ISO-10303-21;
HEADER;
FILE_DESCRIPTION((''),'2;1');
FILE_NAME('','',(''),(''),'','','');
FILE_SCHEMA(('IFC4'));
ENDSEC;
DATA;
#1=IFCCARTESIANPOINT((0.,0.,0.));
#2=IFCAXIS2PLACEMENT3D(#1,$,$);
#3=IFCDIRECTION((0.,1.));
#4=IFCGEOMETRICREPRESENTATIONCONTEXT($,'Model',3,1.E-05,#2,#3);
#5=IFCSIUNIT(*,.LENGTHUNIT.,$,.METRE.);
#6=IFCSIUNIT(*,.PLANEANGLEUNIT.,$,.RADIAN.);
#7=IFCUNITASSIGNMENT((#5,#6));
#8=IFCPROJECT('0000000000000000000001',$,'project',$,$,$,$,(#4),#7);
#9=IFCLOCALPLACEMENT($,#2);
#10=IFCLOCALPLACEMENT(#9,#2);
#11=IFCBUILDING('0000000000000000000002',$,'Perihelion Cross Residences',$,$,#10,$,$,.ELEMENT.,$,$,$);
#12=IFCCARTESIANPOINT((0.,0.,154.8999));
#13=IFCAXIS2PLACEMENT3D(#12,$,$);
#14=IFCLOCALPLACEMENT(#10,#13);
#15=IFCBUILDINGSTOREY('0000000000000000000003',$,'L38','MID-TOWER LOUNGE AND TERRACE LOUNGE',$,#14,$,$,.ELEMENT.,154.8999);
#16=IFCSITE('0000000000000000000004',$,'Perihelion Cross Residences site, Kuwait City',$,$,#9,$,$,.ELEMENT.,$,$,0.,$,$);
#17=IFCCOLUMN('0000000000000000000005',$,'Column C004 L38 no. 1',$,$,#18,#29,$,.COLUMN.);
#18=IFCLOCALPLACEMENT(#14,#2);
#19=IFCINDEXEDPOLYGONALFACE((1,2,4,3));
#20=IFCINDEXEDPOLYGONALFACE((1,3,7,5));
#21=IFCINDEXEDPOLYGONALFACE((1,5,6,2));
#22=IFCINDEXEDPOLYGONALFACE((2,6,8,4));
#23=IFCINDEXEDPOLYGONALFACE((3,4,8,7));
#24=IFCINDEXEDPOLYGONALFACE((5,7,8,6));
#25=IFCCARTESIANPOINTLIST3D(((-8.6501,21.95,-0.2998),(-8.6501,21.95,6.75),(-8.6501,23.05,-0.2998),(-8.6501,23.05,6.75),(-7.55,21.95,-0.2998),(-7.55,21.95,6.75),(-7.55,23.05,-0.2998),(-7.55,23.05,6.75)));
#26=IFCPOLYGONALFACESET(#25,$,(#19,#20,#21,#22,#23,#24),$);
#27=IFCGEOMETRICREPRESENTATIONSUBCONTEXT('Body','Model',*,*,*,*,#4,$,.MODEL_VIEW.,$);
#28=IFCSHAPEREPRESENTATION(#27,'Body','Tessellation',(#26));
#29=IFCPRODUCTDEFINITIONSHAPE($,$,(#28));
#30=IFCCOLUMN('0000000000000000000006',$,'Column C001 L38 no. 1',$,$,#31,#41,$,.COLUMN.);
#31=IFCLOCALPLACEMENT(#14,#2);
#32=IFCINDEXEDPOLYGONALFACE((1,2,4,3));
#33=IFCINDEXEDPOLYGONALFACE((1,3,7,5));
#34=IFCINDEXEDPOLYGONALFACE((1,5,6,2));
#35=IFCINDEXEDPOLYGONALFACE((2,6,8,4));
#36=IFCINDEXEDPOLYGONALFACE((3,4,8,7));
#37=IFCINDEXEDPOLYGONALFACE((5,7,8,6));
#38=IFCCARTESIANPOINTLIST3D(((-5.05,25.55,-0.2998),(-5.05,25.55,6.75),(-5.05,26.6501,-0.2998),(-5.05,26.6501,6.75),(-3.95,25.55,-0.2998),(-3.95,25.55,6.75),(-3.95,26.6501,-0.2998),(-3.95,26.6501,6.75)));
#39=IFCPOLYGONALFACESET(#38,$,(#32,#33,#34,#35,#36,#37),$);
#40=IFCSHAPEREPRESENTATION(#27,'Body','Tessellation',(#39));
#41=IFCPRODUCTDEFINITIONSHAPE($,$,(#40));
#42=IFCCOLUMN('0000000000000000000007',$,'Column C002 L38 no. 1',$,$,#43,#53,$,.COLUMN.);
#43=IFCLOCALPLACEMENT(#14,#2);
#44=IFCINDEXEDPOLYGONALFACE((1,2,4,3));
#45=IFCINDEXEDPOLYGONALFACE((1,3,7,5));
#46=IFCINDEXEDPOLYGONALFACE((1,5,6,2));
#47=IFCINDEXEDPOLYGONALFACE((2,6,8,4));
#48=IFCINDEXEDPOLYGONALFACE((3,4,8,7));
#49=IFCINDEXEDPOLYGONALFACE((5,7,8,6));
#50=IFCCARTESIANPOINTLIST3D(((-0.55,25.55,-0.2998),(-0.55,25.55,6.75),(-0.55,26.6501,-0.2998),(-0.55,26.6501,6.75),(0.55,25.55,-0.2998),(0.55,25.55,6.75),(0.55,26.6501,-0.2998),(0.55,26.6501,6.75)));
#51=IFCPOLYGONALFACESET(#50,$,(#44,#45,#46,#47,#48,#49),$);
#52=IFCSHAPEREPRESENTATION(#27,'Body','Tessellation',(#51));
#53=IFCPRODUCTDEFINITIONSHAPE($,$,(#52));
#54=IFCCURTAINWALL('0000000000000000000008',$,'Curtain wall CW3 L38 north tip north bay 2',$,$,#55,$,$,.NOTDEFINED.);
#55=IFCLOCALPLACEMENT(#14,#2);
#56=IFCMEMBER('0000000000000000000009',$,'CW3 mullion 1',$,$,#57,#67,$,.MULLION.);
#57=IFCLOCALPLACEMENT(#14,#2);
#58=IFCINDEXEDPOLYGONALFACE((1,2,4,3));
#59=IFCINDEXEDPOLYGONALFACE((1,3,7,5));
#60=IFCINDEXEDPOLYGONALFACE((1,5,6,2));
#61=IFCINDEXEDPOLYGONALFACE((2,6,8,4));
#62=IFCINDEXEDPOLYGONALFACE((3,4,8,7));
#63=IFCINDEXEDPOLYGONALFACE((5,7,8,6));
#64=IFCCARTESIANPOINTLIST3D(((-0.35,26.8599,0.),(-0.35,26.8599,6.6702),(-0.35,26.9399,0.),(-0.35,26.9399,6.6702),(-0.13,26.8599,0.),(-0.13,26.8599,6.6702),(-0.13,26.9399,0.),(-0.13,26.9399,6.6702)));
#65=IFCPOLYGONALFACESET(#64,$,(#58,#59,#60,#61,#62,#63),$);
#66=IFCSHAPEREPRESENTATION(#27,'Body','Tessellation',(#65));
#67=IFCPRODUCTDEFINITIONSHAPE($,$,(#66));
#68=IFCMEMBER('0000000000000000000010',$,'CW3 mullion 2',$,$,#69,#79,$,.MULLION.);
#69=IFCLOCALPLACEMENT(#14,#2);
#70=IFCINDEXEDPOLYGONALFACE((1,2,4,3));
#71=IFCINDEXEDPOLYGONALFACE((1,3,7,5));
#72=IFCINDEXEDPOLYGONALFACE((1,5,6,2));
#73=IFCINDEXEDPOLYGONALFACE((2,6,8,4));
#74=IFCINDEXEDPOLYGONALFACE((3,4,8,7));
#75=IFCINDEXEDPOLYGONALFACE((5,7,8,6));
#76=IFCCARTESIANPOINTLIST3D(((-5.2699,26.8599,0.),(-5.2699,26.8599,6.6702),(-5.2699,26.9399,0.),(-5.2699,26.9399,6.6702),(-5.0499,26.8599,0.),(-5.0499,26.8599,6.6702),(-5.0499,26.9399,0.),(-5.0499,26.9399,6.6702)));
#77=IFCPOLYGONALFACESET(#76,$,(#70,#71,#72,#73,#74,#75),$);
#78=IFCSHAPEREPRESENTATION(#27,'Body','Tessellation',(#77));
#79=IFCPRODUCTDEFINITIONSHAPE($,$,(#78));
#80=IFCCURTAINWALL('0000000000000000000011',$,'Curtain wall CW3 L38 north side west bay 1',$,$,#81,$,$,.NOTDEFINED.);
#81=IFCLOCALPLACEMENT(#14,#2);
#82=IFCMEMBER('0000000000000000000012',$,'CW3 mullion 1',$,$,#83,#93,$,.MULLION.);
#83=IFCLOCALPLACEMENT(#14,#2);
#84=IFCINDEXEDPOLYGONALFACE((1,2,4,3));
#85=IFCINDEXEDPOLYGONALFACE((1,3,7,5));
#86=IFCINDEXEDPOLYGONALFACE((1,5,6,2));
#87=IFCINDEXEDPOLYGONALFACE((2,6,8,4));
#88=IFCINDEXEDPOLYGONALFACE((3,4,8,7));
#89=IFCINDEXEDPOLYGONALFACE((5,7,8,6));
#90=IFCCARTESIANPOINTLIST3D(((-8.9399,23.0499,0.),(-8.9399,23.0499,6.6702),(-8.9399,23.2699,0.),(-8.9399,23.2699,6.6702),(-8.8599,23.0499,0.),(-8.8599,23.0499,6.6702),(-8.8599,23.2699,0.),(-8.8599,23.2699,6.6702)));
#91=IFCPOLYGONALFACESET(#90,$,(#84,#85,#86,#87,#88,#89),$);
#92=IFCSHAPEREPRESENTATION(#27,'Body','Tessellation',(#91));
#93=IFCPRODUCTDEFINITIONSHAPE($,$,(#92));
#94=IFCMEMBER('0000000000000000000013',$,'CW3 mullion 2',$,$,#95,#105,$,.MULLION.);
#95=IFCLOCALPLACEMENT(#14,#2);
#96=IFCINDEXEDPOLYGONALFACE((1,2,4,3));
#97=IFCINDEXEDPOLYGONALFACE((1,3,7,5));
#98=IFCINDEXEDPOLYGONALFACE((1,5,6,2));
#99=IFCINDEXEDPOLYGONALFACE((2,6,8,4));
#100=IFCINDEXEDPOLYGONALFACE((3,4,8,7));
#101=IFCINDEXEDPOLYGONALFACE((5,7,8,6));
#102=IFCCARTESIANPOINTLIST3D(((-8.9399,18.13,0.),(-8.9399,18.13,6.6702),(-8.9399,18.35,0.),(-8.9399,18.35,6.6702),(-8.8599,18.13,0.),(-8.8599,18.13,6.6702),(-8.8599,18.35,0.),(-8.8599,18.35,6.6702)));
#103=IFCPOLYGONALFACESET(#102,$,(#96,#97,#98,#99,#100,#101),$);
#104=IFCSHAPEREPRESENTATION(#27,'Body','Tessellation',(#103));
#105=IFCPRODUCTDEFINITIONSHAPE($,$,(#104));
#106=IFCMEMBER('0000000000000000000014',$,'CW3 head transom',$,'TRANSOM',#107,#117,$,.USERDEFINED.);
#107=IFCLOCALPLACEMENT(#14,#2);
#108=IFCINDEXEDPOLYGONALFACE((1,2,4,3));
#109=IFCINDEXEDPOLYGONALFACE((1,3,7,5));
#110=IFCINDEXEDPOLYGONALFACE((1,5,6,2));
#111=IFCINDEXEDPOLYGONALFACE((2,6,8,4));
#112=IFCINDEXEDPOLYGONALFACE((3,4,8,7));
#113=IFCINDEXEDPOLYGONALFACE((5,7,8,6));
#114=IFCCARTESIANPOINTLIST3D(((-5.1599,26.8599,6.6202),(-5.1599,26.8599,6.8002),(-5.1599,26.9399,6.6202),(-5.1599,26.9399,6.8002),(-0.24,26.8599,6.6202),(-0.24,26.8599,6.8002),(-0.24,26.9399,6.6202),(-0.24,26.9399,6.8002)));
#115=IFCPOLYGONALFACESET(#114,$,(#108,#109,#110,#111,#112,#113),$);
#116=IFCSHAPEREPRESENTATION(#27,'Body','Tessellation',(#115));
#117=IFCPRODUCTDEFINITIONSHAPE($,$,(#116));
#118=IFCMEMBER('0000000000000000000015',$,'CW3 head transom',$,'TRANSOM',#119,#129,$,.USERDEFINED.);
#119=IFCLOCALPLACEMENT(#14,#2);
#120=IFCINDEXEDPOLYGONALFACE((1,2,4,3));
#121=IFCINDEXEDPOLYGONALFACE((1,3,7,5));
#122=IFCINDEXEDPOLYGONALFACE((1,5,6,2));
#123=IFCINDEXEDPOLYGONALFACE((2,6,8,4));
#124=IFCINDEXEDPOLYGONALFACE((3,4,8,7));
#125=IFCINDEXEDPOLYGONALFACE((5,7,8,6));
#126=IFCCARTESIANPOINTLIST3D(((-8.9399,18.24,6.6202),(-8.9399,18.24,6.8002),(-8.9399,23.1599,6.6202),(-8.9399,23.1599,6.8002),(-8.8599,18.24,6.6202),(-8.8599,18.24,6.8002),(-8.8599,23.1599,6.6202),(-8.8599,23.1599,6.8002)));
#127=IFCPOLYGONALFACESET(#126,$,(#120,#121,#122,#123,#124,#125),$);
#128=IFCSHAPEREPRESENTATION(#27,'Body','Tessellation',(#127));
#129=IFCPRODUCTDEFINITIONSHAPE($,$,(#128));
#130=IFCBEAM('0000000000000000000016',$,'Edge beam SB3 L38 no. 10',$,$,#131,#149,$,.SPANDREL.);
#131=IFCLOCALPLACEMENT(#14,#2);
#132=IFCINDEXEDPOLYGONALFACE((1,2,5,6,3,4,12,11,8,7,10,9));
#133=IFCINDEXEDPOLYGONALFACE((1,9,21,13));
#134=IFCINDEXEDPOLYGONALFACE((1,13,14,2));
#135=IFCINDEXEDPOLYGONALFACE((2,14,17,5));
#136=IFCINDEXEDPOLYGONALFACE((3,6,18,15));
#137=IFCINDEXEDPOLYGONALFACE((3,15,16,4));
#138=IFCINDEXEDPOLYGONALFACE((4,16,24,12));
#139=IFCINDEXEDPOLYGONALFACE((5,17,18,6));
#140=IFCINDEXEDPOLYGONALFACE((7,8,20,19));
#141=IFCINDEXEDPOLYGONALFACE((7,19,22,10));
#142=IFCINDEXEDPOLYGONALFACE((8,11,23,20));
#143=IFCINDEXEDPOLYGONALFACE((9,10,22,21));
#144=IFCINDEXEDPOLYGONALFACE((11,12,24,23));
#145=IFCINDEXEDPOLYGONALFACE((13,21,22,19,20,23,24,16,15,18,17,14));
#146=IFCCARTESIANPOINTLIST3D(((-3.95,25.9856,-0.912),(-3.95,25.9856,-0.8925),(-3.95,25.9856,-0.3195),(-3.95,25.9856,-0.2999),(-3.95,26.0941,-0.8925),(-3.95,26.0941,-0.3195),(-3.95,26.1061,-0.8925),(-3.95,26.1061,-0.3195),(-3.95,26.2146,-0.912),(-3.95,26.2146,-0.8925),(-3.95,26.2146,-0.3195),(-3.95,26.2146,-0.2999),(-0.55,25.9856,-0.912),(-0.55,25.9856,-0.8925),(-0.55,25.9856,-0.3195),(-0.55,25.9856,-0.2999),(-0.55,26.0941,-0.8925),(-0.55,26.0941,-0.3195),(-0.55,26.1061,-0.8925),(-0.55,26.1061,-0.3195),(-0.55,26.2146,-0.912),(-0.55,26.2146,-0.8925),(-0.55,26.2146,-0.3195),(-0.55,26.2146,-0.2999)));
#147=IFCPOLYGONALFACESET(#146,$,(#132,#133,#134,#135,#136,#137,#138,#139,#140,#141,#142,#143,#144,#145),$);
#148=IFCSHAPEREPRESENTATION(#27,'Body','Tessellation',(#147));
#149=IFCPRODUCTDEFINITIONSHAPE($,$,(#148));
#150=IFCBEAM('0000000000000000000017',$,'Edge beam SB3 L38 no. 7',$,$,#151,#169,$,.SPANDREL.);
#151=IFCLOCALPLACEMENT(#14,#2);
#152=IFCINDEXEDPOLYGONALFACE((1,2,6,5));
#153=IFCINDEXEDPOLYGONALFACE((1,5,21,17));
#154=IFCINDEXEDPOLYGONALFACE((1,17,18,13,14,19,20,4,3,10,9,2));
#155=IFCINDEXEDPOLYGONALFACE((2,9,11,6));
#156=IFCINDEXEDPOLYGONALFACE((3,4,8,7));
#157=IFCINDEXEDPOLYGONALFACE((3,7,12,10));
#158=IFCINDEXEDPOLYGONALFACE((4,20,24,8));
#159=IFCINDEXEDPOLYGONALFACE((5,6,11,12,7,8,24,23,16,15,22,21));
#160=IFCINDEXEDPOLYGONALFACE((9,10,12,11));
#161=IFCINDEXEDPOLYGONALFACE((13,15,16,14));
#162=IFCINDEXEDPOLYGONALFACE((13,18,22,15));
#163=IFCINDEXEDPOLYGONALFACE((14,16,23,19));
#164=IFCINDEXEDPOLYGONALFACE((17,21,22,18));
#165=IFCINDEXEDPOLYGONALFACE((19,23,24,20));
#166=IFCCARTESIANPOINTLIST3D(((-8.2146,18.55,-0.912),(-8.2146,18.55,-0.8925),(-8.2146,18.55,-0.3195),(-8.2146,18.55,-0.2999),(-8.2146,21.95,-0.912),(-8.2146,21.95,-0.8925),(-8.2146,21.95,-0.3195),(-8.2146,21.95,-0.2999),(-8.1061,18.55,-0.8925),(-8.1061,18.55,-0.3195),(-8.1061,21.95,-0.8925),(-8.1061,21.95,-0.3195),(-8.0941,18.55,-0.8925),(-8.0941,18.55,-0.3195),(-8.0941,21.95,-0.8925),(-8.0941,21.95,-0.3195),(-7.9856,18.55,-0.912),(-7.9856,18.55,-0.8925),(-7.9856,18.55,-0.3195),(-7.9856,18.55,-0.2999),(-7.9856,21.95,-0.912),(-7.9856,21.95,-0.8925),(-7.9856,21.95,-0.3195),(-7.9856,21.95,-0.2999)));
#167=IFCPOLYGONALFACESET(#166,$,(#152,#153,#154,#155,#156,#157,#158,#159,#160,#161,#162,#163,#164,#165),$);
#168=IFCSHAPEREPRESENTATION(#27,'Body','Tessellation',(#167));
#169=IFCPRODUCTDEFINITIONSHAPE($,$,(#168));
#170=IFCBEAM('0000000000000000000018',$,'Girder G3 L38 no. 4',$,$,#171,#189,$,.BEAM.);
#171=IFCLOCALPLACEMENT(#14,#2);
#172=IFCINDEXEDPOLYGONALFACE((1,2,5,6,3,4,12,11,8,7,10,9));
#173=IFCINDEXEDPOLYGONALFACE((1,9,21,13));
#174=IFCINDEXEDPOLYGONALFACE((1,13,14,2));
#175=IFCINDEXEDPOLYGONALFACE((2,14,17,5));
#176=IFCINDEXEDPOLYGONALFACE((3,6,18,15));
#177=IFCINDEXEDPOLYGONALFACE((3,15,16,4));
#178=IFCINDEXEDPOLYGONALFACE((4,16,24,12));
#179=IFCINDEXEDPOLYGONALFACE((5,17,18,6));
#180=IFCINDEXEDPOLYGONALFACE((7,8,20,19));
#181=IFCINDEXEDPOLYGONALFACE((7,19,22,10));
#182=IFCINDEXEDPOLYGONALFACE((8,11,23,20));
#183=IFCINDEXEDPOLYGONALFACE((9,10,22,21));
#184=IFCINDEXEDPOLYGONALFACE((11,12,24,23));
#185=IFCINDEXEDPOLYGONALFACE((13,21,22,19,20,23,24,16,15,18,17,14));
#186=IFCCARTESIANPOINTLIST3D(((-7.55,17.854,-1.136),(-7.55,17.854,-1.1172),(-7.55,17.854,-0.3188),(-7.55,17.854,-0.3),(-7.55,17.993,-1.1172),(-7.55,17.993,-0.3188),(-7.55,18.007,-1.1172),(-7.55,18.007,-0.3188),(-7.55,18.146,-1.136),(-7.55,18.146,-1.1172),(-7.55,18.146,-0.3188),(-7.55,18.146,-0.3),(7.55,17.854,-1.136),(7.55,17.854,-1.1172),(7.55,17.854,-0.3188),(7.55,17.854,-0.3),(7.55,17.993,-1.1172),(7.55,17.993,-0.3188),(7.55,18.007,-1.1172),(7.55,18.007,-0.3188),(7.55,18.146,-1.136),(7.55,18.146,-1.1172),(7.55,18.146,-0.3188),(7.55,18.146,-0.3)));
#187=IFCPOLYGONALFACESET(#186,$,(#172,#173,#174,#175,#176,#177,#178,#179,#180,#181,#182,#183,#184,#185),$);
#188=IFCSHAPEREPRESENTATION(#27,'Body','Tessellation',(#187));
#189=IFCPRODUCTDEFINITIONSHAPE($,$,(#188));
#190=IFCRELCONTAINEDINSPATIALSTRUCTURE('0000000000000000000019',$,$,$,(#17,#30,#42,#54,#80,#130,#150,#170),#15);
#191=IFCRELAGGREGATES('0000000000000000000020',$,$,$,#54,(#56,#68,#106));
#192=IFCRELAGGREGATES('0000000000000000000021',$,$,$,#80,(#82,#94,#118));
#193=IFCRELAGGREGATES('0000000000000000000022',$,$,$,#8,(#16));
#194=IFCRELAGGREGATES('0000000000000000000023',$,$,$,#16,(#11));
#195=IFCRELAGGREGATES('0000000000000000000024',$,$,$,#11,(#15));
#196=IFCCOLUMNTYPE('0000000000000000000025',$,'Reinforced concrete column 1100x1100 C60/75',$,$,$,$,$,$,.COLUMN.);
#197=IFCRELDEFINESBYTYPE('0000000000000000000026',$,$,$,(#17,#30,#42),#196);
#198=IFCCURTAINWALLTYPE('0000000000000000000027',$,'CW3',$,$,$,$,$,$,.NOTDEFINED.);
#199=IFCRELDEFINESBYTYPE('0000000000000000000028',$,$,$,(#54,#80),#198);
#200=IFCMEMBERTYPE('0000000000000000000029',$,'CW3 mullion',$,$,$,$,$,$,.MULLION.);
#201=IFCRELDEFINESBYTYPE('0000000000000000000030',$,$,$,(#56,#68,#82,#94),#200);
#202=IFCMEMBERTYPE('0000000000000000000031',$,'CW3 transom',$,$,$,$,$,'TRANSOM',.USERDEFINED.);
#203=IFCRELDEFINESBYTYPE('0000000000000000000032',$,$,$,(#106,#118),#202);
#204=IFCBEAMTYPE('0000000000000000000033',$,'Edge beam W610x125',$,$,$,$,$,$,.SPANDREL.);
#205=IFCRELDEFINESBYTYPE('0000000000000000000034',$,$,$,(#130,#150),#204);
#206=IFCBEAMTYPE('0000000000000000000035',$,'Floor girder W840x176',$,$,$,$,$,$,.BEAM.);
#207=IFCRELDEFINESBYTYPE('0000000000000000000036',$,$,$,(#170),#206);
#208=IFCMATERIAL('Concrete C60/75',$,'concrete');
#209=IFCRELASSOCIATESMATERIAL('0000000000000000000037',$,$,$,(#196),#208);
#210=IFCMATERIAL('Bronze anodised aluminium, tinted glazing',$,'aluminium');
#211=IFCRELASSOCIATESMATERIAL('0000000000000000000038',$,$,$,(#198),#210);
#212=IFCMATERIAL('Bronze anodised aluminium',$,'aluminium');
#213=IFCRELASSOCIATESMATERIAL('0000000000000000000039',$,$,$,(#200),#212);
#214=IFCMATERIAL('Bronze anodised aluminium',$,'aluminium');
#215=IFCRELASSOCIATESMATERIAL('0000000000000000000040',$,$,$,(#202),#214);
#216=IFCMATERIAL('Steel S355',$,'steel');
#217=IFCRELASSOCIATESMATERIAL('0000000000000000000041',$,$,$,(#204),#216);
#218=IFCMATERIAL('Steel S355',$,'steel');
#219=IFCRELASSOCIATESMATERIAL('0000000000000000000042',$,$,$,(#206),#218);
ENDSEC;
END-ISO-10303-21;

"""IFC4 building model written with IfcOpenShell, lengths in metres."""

from ifc_helpers import new_model, si_unit, direction, frame, origin, origin_2d, place, context, subcontext, project, spatial, rectangle, i_section, extrude, material, material_profile, profile_set, type_object, element, aggregate, save


model = new_model("IFC4")

# Units and contexts
model_context = context("Model", 3, precision=1e-05, world=origin(), true_north=direction((0.0, 1.0)))
body_context = subcontext(model_context, "Body", "Model", "MODEL_VIEW")
ifc_project = project(units=[si_unit("LENGTHUNIT", "METRE"), si_unit("PLANEANGLEUNIT", "RADIAN")], contexts=[model_context])

# Site, building, storey
site_placement = place(None, origin())
site = spatial("IfcSite", under=ifc_project, at=site_placement, Name="Perihelion Cross Residences site, Kuwait City", CompositionType="ELEMENT", RefElevation=0.0)
building_placement = place(site_placement, origin())
building = spatial("IfcBuilding", under=site, at=building_placement, Name="Perihelion Cross Residences", CompositionType="ELEMENT")
storey_placement = place(building_placement, frame((0.0, 0.0, 154.8999)))
storey = spatial("IfcBuildingStorey", under=building, at=storey_placement, Name="L38", Description="MID-TOWER LOUNGE AND TERRACE LOUNGE", CompositionType="ELEMENT", Elevation=154.8999)

# Columns
ifc_material_1 = material(Name="Concrete C60/75", Category="concrete")
ifc_material_profile_1 = material_profile(ifc_material_1, rectangle(XDim=1.1001, YDim=1.1001, at=origin_2d()), Name="RC 1100x1100")
ifc_profile_set_1 = profile_set([ifc_material_profile_1], Name="Concrete C60/75")
column_type = type_object("IfcColumnType", Name="Reinforced concrete column 1100x1100 C60/75", PredefinedType="COLUMN", material=ifc_profile_set_1)
for number, where, z_axis, x_axis, name in (
    (1, (-8.1001, 22.5, -0.2998), (0.0, 0.0, 1.0), (1.0, 0.0, 0.0), "Column C004 L38 no. 1"),
    (2, (-4.5, 26.1001, -0.2998), (0.0, 0.0, 1.0), (1.0, 0.0, 0.0), "Column C001 L38 no. 1"),
    (3, (0.0, 26.1001, -0.2998), (0.0, 0.0, 1.0), (1.0, 0.0, 0.0), "Column C002 L38 no. 1"),
):
    element("IfcColumn", number, at=place(storey_placement, frame(where, z_axis=z_axis, x_axis=x_axis)), inside=storey, type_object=column_type, Name=name, PredefinedType="COLUMN", context=body_context, shape_type="SweptSolid", body=[
        extrude(rectangle(XDim=1.1001, YDim=1.1001, at=origin_2d()), origin(), (0.0, 0.0, 1.0), 7.0498),
    ])

# Curtain walls, members
ifc_material_2 = material(Name="Bronze anodised aluminium, tinted glazing", Category="aluminium")
curtain_wall_type = type_object("IfcCurtainWallType", Name="CW3", PredefinedType="NOTDEFINED", material=ifc_material_2)
curtain_wall_1_placement = place(storey_placement, origin())
curtain_wall_1 = element("IfcCurtainWall", 4, at=curtain_wall_1_placement, inside=storey, type_object=curtain_wall_type, Name="Curtain wall CW3 L38 north tip north bay 2", PredefinedType="NOTDEFINED")
ifc_material_3 = material(Name="Bronze anodised aluminium", Category="aluminium")
ifc_material_profile_2 = material_profile(ifc_material_3, rectangle(XDim=0.0801, YDim=0.22, at=origin_2d()), Name="CW3 mullion")
ifc_profile_set_2 = profile_set([ifc_material_profile_2], Name="Bronze anodised aluminium")
member_type_1 = type_object("IfcMemberType", Name="CW3 mullion", PredefinedType="MULLION", material=ifc_profile_set_2)
member_1_placement = place(storey_placement, frame((-0.24, 26.8999, 0.0), z_axis=(0.0, 0.0, 1.0), x_axis=(0.0, -1.0, 0.0)))
member_1 = element("IfcMember", 5, at=member_1_placement, type_object=member_type_1, Name="CW3 mullion 1", PredefinedType="MULLION", context=body_context, shape_type="SweptSolid", body=[
    extrude(rectangle(XDim=0.0801, YDim=0.22, at=origin_2d()), origin(), (0.0, 0.0, 1.0), 6.6702),
])
member_2_placement = place(storey_placement, frame((-5.1599, 26.8999, 0.0), z_axis=(0.0, 0.0, 1.0), x_axis=(0.0, -1.0, 0.0)))
member_2 = element("IfcMember", 6, at=member_2_placement, type_object=member_type_1, Name="CW3 mullion 2", PredefinedType="MULLION", context=body_context, shape_type="SweptSolid", body=[
    extrude(rectangle(XDim=0.0801, YDim=0.22, at=origin_2d()), origin(), (0.0, 0.0, 1.0), 6.6702),
])
curtain_wall_2_placement = place(storey_placement, origin())
curtain_wall_2 = element("IfcCurtainWall", 7, at=curtain_wall_2_placement, inside=storey, type_object=curtain_wall_type, Name="Curtain wall CW3 L38 north side west bay 1", PredefinedType="NOTDEFINED")
member_3_placement = place(storey_placement, frame((-8.8999, 23.1599, 0.0), z_axis=(0.0, 0.0, 1.0), x_axis=(1.0, 0.0, 0.0)))
member_3 = element("IfcMember", 8, at=member_3_placement, type_object=member_type_1, Name="CW3 mullion 1", PredefinedType="MULLION", context=body_context, shape_type="SweptSolid", body=[
    extrude(rectangle(XDim=0.0801, YDim=0.22, at=origin_2d()), origin(), (0.0, 0.0, 1.0), 6.6702),
])
member_4_placement = place(storey_placement, frame((-8.8999, 18.24, 0.0), z_axis=(0.0, 0.0, 1.0), x_axis=(1.0, 0.0, 0.0)))
member_4 = element("IfcMember", 9, at=member_4_placement, type_object=member_type_1, Name="CW3 mullion 2", PredefinedType="MULLION", context=body_context, shape_type="SweptSolid", body=[
    extrude(rectangle(XDim=0.0801, YDim=0.22, at=origin_2d()), origin(), (0.0, 0.0, 1.0), 6.6702),
])

# Members
ifc_material_4 = material(Name="Bronze anodised aluminium", Category="aluminium")
ifc_material_profile_3 = material_profile(ifc_material_4, rectangle(XDim=0.0801, YDim=0.1799, at=origin_2d()), Name="CW3 transom")
ifc_profile_set_3 = profile_set([ifc_material_profile_3], Name="Bronze anodised aluminium")
member_type_2 = type_object("IfcMemberType", Name="CW3 transom", ElementType="TRANSOM", PredefinedType="USERDEFINED", material=ifc_profile_set_3)
member_5_placement = place(storey_placement, frame((-0.24, 26.8999, 6.7102), z_axis=(-1.0, 0.0, 0.0), x_axis=(0.0, -1.0, 0.0)))
member_5 = element("IfcMember", 10, at=member_5_placement, type_object=member_type_2, Name="CW3 head transom", ObjectType="TRANSOM", PredefinedType="USERDEFINED", context=body_context, shape_type="SweptSolid", body=[
    extrude(rectangle(XDim=0.0801, YDim=0.1799, at=origin_2d()), origin(), (0.0, 0.0, 1.0), 4.9199),
])
member_6_placement = place(storey_placement, frame((-8.8999, 23.1599, 6.7102), z_axis=(0.0, -1.0, 0.0), x_axis=(1.0, 0.0, 0.0)))
member_6 = element("IfcMember", 11, at=member_6_placement, type_object=member_type_2, Name="CW3 head transom", ObjectType="TRANSOM", PredefinedType="USERDEFINED", context=body_context, shape_type="SweptSolid", body=[
    extrude(rectangle(XDim=0.0801, YDim=0.1799, at=origin_2d()), origin(), (0.0, 0.0, 1.0), 4.9199),
])

# Beams
ifc_material_5 = material(Name="Steel S355", Category="steel")
ifc_material_profile_4 = material_profile(ifc_material_5, i_section(OverallWidth=0.229, OverallDepth=0.6121, WebThickness=0.012, FlangeThickness=0.0195, at=origin_2d()), Name="W610x125")
ifc_profile_set_4 = profile_set([ifc_material_profile_4], Name="Steel S355")
beam_type_1 = type_object("IfcBeamType", Name="Edge beam W610x125", PredefinedType="SPANDREL", material=ifc_profile_set_4)
for number, where, z_axis, x_axis, name in (
    (12, (-0.55, 26.1001, -0.606), (-1.0, 0.0, 0.0), (0.0, -1.0, 0.0), "Edge beam SB3 L38 no. 10"),
    (13, (-8.1001, 21.95, -0.606), (0.0, -1.0, 0.0), (1.0, 0.0, 0.0), "Edge beam SB3 L38 no. 7"),
):
    element("IfcBeam", number, at=place(storey_placement, frame(where, z_axis=z_axis, x_axis=x_axis)), inside=storey, type_object=beam_type_1, Name=name, PredefinedType="SPANDREL", context=body_context, shape_type="SweptSolid", body=[
        extrude(i_section(OverallWidth=0.229, OverallDepth=0.6121, WebThickness=0.012, FlangeThickness=0.0195, at=origin_2d()), origin(), (0.0, 0.0, 1.0), 3.3999),
    ])
ifc_material_6 = material(Name="Steel S355", Category="steel")
ifc_material_profile_5 = material_profile(ifc_material_6, i_section(OverallWidth=0.292, OverallDepth=0.8359, WebThickness=0.0139, FlangeThickness=0.0188, at=origin_2d()), Name="W840x176")
ifc_profile_set_5 = profile_set([ifc_material_profile_5], Name="Steel S355")
beam_type_2 = type_object("IfcBeamType", Name="Floor girder W840x176", PredefinedType="BEAM", material=ifc_profile_set_5)
for number, where, z_axis, x_axis, name in (
    (14, (-7.55, 18.0, -0.718), (1.0, 0.0, 0.0), (0.0, 1.0, 0.0), "Girder G3 L38 no. 4"),
):
    element("IfcBeam", number, at=place(storey_placement, frame(where, z_axis=z_axis, x_axis=x_axis)), inside=storey, type_object=beam_type_2, Name=name, PredefinedType="BEAM", context=body_context, shape_type="SweptSolid", body=[
        extrude(i_section(OverallWidth=0.292, OverallDepth=0.8359, WebThickness=0.0139, FlangeThickness=0.0188, at=origin_2d()), origin(), (0.0, 0.0, 1.0), 15.1001),
    ])

aggregate(curtain_wall_1, [member_1, member_2, member_5])
aggregate(curtain_wall_2, [member_3, member_4, member_6])

save(model, "model.ifc")
